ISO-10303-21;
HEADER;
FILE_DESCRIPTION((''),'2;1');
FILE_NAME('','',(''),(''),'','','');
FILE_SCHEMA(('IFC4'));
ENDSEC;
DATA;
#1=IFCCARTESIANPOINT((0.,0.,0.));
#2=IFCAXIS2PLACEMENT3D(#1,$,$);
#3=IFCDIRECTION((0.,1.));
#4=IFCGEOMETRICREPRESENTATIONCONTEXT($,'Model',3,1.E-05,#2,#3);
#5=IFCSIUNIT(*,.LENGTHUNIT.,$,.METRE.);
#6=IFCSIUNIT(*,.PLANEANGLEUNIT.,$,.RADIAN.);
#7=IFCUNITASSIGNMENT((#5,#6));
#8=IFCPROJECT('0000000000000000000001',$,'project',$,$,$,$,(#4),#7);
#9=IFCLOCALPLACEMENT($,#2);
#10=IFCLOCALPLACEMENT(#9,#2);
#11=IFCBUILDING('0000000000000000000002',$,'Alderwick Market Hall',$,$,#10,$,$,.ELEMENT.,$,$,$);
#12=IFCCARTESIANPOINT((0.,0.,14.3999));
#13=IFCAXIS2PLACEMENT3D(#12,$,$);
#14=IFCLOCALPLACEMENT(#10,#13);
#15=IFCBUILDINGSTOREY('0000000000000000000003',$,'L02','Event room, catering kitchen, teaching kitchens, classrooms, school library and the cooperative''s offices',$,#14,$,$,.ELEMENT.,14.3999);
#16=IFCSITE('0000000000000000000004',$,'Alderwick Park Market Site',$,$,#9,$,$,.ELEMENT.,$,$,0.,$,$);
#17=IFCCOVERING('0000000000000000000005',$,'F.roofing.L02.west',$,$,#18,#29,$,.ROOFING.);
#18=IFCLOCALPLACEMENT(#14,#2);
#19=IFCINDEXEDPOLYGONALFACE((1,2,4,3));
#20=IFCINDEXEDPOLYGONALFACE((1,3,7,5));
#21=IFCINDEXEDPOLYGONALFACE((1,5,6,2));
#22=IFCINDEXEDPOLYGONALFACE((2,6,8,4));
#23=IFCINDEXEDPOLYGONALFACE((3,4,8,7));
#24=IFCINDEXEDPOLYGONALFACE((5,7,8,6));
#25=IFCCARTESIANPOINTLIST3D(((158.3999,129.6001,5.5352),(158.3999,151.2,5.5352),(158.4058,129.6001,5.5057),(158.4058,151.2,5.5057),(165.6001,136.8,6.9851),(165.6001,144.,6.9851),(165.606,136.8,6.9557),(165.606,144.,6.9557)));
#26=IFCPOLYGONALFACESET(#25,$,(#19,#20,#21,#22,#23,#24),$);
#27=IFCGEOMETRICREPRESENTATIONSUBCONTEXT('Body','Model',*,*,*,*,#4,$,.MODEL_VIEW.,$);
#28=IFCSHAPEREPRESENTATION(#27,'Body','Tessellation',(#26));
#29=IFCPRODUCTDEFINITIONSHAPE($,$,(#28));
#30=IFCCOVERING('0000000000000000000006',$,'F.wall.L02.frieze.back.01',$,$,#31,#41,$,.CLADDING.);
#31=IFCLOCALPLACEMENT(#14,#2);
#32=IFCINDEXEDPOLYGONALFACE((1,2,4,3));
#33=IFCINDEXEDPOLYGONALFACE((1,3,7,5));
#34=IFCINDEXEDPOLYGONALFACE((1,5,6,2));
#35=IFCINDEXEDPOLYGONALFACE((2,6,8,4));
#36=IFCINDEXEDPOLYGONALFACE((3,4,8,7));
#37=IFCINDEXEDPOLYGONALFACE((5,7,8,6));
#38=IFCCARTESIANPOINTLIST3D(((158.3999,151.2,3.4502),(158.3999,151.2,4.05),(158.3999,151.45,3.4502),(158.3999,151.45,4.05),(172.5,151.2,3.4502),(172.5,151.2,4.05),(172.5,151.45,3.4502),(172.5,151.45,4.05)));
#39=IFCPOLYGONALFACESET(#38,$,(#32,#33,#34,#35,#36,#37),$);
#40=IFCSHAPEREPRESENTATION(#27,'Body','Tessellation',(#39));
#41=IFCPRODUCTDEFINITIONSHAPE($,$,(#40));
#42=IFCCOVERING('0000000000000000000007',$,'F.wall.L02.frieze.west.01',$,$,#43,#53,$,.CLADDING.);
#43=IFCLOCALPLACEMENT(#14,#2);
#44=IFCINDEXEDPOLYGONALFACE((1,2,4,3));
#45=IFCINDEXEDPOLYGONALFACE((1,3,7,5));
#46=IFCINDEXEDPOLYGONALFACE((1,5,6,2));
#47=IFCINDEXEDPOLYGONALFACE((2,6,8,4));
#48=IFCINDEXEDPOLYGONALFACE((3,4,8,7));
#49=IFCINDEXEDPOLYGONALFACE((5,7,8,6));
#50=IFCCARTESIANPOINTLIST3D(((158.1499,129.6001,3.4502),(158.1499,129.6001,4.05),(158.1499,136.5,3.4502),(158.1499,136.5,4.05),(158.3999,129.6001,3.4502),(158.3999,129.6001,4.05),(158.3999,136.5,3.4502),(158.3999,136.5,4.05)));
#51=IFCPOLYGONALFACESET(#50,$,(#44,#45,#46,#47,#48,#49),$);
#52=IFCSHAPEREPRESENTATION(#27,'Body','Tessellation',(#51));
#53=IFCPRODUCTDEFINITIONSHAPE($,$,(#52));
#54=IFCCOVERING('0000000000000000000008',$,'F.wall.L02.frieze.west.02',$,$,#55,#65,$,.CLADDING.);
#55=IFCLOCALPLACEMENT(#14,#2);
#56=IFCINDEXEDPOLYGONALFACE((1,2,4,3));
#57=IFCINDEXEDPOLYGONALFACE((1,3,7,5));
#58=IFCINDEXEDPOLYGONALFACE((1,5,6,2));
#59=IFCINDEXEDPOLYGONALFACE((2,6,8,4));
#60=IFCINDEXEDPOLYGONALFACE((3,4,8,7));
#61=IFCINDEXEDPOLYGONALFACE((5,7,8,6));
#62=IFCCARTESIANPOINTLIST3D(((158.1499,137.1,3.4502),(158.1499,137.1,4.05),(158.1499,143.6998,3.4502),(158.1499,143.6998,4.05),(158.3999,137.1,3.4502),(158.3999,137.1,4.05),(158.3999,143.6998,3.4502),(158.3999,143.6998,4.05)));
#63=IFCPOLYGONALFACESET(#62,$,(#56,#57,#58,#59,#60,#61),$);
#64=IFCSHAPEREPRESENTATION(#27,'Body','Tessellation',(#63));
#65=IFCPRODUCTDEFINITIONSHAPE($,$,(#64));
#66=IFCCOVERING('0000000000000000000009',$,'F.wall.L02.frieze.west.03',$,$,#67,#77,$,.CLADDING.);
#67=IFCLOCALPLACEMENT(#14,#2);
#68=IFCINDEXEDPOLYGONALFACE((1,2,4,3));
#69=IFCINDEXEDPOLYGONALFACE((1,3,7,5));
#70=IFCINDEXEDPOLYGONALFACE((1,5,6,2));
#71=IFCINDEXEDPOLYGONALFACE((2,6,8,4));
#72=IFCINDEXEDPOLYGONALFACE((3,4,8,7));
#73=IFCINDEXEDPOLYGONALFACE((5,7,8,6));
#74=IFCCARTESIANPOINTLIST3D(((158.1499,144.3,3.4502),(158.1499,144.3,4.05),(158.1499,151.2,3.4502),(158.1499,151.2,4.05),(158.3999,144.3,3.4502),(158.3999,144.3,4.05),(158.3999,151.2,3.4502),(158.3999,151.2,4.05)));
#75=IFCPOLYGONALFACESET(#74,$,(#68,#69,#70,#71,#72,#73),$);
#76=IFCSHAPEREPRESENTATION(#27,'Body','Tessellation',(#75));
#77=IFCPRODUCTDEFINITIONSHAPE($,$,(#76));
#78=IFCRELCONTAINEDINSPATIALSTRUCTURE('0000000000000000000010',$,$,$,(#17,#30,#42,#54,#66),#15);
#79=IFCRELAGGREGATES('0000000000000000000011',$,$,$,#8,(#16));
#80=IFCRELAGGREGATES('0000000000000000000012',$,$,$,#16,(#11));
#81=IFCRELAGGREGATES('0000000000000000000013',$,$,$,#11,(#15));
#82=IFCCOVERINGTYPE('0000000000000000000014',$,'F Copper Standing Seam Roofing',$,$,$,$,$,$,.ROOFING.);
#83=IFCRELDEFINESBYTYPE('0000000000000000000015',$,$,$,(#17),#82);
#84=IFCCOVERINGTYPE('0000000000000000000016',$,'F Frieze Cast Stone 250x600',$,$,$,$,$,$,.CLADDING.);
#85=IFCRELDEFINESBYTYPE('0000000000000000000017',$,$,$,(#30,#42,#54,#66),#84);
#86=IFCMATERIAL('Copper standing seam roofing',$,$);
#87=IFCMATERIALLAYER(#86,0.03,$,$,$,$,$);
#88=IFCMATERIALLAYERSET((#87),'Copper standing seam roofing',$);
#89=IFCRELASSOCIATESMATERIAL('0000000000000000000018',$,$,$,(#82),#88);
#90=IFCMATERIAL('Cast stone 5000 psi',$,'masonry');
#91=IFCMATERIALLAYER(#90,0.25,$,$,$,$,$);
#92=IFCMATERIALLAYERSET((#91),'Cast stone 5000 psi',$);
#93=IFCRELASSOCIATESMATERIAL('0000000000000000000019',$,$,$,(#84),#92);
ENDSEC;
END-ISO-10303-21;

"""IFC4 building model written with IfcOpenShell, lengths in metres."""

from ifc_helpers import new_model, si_unit, direction, frame, frame_2d, origin, place, context, subcontext, project, spatial, polyline, rectangle, outline, extrude, material, layer, layer_set, type_object, element, save


model = new_model("IFC4")

# Units and contexts
model_context = context("Model", 3, precision=1e-05, world=origin(), true_north=direction((0.0, 1.0)))
body_context = subcontext(model_context, "Body", "Model", "MODEL_VIEW")
ifc_project = project(units=[si_unit("LENGTHUNIT", "METRE"), si_unit("PLANEANGLEUNIT", "RADIAN")], contexts=[model_context])

# Site, building, storey
site_placement = place(None, origin())
site = spatial("IfcSite", under=ifc_project, at=site_placement, Name="Alderwick Park Market Site", CompositionType="ELEMENT", RefElevation=0.0)
building_placement = place(site_placement, origin())
building = spatial("IfcBuilding", under=site, at=building_placement, Name="Alderwick Market Hall", CompositionType="ELEMENT")
storey_placement = place(building_placement, frame((0.0, 0.0, 14.3999)))
storey = spatial("IfcBuildingStorey", under=building, at=storey_placement, Name="L02", Description="Event room, catering kitchen, teaching kitchens, classrooms, school library and the cooperative's offices", CompositionType="ELEMENT", Elevation=14.3999)

# Shared definitions
ifc_material_1 = material(Name="Cast stone 5000 psi", Category="masonry")

# Coverings
ifc_material_2 = material(Name="Copper standing seam roofing")
ifc_layer_1 = layer(ifc_material_2, 0.03)
ifc_layer_set_1 = layer_set([ifc_layer_1], Name="Copper standing seam roofing")
covering_type_1 = type_object("IfcCoveringType", Name="F Copper Standing Seam Roofing", PredefinedType="ROOFING", material=ifc_layer_set_1)
covering_1_placement = place(storey_placement, frame((158.3999, 129.6001, 5.5352), z_axis=(-0.197414, 0.0, 0.98032), x_axis=(0.0, 1.0, 0.0)))
element("IfcCovering", 1, at=covering_1_placement, inside=storey, type_object=covering_type_1, Name="F.roofing.L02.west", PredefinedType="ROOFING", context=body_context, shape_type="SweptSolid", body=[
    extrude(outline(polyline([(0.0, 0.0), (21.5999, 0.0), (14.3999, -7.3447), (7.2, -7.3447), (0.0, 0.0)])), origin(), (0.0, 0.0, -1.0), 0.03),
])
ifc_layer_2 = layer(ifc_material_1, 0.25)
ifc_layer_set_2 = layer_set([ifc_layer_2], Name="Cast stone 5000 psi")
covering_type_2 = type_object("IfcCoveringType", Name="F Frieze Cast Stone 250x600", PredefinedType="CLADDING", material=ifc_layer_set_2)
covering_2_placement = place(storey_placement, frame((158.3999, 151.325, 3.4502), z_axis=(0.0, 0.0, 1.0), x_axis=(1.0, 0.0, 0.0)))
element("IfcCovering", 2, at=covering_2_placement, inside=storey, type_object=covering_type_2, Name="F.wall.L02.frieze.back.01", PredefinedType="CLADDING", context=body_context, shape_type="SweptSolid", body=[
    extrude(rectangle(XDim=14.1001, YDim=0.25, at=frame_2d((7.05, 0.0))), origin(), (0.0, 0.0, 1.0), 0.5999),
])
covering_3_placement = place(storey_placement, frame((158.2749, 129.6001, 3.4502), z_axis=(0.0, 0.0, 1.0), x_axis=(0.0, 1.0, 0.0)))
element("IfcCovering", 3, at=covering_3_placement, inside=storey, type_object=covering_type_2, Name="F.wall.L02.frieze.west.01", PredefinedType="CLADDING", context=body_context, shape_type="SweptSolid", body=[
    extrude(rectangle(XDim=6.8999, YDim=0.25, at=frame_2d((3.45, 0.0))), origin(), (0.0, 0.0, 1.0), 0.5999),
])
covering_4_placement = place(storey_placement, frame((158.2749, 137.1001, 3.4502), z_axis=(0.0, 0.0, 1.0), x_axis=(0.0, 1.0, 0.0)))
element("IfcCovering", 4, at=covering_4_placement, inside=storey, type_object=covering_type_2, Name="F.wall.L02.frieze.west.02", PredefinedType="CLADDING", context=body_context, shape_type="SweptSolid", body=[
    extrude(rectangle(XDim=6.5999, YDim=0.25, at=frame_2d((3.2998, 0.0))), origin(), (0.0, 0.0, 1.0), 0.5999),
])
covering_5_placement = place(storey_placement, frame((158.2749, 144.3, 3.4502), z_axis=(0.0, 0.0, 1.0), x_axis=(0.0, 1.0, 0.0)))
element("IfcCovering", 5, at=covering_5_placement, inside=storey, type_object=covering_type_2, Name="F.wall.L02.frieze.west.03", PredefinedType="CLADDING", context=body_context, shape_type="SweptSolid", body=[
    extrude(rectangle(XDim=6.8999, YDim=0.25, at=frame_2d((3.45, 0.0))), origin(), (0.0, 0.0, 1.0), 0.5999),
])

save(model, "model.ifc")
